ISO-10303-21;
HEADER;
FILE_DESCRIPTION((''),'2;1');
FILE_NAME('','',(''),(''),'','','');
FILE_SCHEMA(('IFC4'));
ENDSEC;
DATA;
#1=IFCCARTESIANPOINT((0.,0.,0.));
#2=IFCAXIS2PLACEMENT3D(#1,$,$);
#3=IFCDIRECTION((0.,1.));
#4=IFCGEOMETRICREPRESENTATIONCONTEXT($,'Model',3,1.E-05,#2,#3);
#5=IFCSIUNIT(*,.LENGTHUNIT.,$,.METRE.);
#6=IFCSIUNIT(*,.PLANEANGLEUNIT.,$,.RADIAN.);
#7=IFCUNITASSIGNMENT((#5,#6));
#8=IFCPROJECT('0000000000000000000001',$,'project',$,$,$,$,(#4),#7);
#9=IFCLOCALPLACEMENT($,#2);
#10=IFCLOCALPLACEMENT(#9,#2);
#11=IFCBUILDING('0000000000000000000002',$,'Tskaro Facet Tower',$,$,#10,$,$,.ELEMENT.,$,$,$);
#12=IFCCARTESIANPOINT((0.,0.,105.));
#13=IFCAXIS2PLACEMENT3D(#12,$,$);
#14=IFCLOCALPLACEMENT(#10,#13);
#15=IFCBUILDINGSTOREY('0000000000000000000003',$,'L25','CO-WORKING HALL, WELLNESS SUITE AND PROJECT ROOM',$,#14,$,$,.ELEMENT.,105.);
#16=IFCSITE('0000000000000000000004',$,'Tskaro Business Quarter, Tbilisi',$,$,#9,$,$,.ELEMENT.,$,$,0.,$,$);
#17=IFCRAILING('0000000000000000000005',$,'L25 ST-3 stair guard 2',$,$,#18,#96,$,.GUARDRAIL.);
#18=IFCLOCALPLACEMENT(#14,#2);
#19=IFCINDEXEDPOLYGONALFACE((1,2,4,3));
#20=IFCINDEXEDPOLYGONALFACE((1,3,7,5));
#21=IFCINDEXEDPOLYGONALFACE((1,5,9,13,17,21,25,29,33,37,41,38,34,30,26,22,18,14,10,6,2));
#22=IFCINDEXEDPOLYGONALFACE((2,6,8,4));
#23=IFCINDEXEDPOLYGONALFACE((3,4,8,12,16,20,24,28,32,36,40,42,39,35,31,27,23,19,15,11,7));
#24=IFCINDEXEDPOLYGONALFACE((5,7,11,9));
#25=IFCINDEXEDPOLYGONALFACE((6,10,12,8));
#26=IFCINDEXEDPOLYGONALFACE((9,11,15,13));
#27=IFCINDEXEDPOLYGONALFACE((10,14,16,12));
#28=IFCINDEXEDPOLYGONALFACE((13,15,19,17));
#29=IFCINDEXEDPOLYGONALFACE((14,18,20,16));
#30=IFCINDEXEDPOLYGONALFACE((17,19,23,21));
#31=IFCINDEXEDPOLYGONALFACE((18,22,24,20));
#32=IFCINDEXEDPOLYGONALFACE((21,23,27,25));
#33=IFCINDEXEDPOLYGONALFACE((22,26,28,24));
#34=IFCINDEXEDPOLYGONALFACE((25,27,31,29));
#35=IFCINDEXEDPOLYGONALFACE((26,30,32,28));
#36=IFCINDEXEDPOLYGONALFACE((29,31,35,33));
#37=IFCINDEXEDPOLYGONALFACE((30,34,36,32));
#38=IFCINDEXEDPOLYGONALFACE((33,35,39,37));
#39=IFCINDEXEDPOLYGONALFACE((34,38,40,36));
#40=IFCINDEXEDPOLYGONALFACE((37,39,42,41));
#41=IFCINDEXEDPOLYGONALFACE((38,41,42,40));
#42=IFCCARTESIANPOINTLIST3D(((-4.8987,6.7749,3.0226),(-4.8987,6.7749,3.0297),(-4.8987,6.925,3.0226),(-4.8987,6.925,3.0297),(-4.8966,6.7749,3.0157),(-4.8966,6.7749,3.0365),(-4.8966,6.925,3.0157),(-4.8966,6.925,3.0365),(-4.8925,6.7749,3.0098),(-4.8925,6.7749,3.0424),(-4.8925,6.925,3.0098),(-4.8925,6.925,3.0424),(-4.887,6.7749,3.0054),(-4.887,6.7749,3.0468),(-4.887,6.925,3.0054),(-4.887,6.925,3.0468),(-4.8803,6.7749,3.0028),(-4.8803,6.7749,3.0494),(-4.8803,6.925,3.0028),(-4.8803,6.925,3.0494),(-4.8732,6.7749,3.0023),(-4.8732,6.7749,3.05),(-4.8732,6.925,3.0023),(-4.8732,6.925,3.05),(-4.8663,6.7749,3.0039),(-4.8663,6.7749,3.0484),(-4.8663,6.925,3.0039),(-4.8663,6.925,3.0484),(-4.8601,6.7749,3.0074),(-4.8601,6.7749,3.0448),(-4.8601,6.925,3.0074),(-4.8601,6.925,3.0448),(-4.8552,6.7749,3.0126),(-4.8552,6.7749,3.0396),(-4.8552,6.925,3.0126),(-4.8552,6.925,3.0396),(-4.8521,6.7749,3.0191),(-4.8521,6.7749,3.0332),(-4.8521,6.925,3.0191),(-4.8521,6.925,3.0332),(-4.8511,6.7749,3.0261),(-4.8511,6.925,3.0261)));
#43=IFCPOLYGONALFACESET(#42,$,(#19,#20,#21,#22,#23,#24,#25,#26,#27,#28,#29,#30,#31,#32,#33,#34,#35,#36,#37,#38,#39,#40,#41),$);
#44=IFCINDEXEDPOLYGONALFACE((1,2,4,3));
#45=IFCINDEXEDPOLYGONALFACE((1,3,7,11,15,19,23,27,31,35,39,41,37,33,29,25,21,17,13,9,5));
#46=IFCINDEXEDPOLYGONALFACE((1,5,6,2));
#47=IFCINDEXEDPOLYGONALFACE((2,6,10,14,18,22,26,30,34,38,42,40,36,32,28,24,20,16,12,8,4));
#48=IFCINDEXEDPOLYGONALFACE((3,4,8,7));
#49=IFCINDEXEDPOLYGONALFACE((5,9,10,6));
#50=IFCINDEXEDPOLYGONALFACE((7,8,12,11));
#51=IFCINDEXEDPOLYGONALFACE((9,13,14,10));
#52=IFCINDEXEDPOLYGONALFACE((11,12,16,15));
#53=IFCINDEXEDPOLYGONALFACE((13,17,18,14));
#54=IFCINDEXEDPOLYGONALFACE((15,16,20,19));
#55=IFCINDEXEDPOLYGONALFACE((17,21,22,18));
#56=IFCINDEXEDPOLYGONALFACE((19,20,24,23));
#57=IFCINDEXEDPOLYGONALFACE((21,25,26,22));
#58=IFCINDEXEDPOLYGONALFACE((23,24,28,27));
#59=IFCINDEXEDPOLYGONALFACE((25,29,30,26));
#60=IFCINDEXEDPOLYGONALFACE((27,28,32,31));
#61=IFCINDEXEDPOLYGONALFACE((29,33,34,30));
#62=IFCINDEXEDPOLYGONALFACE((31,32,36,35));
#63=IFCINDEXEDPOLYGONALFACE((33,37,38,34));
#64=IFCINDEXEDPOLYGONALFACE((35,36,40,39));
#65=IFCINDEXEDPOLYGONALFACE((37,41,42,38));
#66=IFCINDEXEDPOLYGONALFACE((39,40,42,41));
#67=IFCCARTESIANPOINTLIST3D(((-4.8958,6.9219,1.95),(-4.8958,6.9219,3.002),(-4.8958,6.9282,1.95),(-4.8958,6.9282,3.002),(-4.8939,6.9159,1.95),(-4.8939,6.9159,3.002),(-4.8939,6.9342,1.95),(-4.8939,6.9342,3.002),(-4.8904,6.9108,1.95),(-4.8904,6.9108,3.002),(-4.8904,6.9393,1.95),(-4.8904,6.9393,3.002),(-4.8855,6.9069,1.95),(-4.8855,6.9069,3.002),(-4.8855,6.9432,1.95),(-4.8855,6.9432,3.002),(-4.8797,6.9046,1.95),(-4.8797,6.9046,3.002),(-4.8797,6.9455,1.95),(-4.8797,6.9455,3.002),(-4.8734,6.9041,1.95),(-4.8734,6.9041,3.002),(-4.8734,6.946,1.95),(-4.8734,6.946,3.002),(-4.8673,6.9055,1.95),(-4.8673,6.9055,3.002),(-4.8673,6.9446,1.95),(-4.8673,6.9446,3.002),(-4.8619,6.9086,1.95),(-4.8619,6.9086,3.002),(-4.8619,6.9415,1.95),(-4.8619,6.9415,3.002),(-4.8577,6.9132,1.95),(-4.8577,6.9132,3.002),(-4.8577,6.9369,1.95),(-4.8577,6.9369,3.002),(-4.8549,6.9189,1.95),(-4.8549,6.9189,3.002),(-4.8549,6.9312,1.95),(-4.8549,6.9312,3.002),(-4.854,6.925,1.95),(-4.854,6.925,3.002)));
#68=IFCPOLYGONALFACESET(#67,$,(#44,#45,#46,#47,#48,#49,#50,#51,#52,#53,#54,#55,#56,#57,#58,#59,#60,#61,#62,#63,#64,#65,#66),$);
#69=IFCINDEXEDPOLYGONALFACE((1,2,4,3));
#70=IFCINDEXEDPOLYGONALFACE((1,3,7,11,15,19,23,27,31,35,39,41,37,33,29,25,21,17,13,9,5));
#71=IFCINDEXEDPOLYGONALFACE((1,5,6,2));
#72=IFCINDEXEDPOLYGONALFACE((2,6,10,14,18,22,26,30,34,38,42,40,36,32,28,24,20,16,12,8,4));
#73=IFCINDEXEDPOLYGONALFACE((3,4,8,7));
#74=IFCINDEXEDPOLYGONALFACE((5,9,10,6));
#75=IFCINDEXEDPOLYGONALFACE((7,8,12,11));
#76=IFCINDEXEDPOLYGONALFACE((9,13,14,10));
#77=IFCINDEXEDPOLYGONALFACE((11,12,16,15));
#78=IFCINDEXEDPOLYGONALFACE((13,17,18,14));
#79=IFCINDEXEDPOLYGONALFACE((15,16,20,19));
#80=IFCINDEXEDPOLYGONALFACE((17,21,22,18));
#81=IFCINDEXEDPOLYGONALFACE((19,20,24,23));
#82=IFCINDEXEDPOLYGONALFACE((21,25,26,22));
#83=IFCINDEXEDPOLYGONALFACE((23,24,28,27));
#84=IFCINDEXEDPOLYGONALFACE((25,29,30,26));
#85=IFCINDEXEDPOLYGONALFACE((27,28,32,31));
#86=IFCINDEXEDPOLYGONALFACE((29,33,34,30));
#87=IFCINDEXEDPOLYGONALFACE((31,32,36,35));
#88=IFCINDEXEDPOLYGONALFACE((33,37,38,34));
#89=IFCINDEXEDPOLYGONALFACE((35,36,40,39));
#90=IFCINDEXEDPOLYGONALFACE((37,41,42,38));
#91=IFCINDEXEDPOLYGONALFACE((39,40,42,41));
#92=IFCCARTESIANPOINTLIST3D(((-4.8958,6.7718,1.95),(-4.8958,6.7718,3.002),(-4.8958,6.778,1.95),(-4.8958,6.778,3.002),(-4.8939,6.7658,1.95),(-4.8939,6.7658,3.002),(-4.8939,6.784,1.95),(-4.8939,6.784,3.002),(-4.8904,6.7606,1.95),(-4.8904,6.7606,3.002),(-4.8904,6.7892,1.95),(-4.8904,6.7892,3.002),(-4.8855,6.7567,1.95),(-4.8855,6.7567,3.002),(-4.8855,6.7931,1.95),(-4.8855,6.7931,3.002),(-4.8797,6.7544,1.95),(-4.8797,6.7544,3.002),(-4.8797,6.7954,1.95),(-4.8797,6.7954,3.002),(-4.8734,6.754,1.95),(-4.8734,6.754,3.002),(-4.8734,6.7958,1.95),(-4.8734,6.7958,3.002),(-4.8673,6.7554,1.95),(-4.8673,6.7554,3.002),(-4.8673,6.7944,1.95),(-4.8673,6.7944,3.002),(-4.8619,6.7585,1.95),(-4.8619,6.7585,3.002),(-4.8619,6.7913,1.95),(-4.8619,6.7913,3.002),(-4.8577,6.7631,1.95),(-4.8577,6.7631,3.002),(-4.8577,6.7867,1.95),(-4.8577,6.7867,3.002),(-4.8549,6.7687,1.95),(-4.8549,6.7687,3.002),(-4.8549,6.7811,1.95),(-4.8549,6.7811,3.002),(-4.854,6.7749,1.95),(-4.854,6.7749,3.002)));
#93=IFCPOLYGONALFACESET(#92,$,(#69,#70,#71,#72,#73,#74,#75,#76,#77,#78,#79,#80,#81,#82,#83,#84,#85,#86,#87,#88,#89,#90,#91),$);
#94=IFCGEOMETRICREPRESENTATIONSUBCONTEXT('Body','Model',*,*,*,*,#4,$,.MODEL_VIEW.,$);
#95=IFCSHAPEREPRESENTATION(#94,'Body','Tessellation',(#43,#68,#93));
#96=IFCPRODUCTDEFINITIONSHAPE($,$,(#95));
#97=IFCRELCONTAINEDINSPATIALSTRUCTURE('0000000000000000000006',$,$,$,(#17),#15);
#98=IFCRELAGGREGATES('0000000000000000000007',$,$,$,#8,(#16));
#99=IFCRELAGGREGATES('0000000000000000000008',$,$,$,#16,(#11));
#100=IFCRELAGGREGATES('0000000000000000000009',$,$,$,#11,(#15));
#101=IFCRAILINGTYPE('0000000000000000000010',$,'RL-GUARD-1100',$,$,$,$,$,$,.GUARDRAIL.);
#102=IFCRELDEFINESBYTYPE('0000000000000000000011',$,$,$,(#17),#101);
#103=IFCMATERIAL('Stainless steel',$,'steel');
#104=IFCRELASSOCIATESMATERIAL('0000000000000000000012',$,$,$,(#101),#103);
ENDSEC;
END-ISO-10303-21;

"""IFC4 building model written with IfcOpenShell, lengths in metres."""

from ifc_helpers import new_model, si_unit, direction, frame, origin, origin_2d, place, context, subcontext, project, spatial, circle, extrude, material, type_object, element, save


model = new_model("IFC4")

# Units and contexts
model_context = context("Model", 3, precision=1e-05, world=origin(), true_north=direction((0.0, 1.0)))
body_context = subcontext(model_context, "Body", "Model", "MODEL_VIEW")
ifc_project = project(units=[si_unit("LENGTHUNIT", "METRE"), si_unit("PLANEANGLEUNIT", "RADIAN")], contexts=[model_context])

# Site, building, storey
site_placement = place(None, origin())
site = spatial("IfcSite", under=ifc_project, at=site_placement, Name="Tskaro Business Quarter, Tbilisi", CompositionType="ELEMENT", RefElevation=0.0)
building_placement = place(site_placement, origin())
building = spatial("IfcBuilding", under=site, at=building_placement, Name="Tskaro Facet Tower", CompositionType="ELEMENT")
storey_placement = place(building_placement, frame((0.0, 0.0, 105.0)))
storey = spatial("IfcBuildingStorey", under=building, at=storey_placement, Name="L25", Description="CO-WORKING HALL, WELLNESS SUITE AND PROJECT ROOM", CompositionType="ELEMENT", Elevation=105.0)

# Railing
ifc_material_1 = material(Name="Stainless steel", Category="steel")
railing_type_1 = type_object("IfcRailingType", Name="RL-GUARD-1100", PredefinedType="GUARDRAIL", material=ifc_material_1)
railing_1_placement = place(storey_placement, frame((-4.875, 6.925, 1.95)))
element("IfcRailing", 1, at=railing_1_placement, inside=storey, type_object=railing_type_1, Name="L25 ST-3 stair guard 2", PredefinedType="GUARDRAIL", context=body_context, shape_type="SweptSolid", body=[
    extrude(circle(Radius=0.0239, at=origin_2d()), frame((0.0, 0.0, 1.0762), z_axis=(0.0, -1.0, 0.0), x_axis=(1.0, 0.0, 0.0)), (0.0, 0.0, 1.0), 0.1501),
    extrude(circle(Radius=0.021, at=origin_2d()), origin(), (0.0, 0.0, 1.0), 1.052),
    extrude(circle(Radius=0.021, at=origin_2d()), frame((0.0, -0.1501, 0.0)), (0.0, 0.0, 1.0), 1.052),
])

save(model, "model.ifc")
